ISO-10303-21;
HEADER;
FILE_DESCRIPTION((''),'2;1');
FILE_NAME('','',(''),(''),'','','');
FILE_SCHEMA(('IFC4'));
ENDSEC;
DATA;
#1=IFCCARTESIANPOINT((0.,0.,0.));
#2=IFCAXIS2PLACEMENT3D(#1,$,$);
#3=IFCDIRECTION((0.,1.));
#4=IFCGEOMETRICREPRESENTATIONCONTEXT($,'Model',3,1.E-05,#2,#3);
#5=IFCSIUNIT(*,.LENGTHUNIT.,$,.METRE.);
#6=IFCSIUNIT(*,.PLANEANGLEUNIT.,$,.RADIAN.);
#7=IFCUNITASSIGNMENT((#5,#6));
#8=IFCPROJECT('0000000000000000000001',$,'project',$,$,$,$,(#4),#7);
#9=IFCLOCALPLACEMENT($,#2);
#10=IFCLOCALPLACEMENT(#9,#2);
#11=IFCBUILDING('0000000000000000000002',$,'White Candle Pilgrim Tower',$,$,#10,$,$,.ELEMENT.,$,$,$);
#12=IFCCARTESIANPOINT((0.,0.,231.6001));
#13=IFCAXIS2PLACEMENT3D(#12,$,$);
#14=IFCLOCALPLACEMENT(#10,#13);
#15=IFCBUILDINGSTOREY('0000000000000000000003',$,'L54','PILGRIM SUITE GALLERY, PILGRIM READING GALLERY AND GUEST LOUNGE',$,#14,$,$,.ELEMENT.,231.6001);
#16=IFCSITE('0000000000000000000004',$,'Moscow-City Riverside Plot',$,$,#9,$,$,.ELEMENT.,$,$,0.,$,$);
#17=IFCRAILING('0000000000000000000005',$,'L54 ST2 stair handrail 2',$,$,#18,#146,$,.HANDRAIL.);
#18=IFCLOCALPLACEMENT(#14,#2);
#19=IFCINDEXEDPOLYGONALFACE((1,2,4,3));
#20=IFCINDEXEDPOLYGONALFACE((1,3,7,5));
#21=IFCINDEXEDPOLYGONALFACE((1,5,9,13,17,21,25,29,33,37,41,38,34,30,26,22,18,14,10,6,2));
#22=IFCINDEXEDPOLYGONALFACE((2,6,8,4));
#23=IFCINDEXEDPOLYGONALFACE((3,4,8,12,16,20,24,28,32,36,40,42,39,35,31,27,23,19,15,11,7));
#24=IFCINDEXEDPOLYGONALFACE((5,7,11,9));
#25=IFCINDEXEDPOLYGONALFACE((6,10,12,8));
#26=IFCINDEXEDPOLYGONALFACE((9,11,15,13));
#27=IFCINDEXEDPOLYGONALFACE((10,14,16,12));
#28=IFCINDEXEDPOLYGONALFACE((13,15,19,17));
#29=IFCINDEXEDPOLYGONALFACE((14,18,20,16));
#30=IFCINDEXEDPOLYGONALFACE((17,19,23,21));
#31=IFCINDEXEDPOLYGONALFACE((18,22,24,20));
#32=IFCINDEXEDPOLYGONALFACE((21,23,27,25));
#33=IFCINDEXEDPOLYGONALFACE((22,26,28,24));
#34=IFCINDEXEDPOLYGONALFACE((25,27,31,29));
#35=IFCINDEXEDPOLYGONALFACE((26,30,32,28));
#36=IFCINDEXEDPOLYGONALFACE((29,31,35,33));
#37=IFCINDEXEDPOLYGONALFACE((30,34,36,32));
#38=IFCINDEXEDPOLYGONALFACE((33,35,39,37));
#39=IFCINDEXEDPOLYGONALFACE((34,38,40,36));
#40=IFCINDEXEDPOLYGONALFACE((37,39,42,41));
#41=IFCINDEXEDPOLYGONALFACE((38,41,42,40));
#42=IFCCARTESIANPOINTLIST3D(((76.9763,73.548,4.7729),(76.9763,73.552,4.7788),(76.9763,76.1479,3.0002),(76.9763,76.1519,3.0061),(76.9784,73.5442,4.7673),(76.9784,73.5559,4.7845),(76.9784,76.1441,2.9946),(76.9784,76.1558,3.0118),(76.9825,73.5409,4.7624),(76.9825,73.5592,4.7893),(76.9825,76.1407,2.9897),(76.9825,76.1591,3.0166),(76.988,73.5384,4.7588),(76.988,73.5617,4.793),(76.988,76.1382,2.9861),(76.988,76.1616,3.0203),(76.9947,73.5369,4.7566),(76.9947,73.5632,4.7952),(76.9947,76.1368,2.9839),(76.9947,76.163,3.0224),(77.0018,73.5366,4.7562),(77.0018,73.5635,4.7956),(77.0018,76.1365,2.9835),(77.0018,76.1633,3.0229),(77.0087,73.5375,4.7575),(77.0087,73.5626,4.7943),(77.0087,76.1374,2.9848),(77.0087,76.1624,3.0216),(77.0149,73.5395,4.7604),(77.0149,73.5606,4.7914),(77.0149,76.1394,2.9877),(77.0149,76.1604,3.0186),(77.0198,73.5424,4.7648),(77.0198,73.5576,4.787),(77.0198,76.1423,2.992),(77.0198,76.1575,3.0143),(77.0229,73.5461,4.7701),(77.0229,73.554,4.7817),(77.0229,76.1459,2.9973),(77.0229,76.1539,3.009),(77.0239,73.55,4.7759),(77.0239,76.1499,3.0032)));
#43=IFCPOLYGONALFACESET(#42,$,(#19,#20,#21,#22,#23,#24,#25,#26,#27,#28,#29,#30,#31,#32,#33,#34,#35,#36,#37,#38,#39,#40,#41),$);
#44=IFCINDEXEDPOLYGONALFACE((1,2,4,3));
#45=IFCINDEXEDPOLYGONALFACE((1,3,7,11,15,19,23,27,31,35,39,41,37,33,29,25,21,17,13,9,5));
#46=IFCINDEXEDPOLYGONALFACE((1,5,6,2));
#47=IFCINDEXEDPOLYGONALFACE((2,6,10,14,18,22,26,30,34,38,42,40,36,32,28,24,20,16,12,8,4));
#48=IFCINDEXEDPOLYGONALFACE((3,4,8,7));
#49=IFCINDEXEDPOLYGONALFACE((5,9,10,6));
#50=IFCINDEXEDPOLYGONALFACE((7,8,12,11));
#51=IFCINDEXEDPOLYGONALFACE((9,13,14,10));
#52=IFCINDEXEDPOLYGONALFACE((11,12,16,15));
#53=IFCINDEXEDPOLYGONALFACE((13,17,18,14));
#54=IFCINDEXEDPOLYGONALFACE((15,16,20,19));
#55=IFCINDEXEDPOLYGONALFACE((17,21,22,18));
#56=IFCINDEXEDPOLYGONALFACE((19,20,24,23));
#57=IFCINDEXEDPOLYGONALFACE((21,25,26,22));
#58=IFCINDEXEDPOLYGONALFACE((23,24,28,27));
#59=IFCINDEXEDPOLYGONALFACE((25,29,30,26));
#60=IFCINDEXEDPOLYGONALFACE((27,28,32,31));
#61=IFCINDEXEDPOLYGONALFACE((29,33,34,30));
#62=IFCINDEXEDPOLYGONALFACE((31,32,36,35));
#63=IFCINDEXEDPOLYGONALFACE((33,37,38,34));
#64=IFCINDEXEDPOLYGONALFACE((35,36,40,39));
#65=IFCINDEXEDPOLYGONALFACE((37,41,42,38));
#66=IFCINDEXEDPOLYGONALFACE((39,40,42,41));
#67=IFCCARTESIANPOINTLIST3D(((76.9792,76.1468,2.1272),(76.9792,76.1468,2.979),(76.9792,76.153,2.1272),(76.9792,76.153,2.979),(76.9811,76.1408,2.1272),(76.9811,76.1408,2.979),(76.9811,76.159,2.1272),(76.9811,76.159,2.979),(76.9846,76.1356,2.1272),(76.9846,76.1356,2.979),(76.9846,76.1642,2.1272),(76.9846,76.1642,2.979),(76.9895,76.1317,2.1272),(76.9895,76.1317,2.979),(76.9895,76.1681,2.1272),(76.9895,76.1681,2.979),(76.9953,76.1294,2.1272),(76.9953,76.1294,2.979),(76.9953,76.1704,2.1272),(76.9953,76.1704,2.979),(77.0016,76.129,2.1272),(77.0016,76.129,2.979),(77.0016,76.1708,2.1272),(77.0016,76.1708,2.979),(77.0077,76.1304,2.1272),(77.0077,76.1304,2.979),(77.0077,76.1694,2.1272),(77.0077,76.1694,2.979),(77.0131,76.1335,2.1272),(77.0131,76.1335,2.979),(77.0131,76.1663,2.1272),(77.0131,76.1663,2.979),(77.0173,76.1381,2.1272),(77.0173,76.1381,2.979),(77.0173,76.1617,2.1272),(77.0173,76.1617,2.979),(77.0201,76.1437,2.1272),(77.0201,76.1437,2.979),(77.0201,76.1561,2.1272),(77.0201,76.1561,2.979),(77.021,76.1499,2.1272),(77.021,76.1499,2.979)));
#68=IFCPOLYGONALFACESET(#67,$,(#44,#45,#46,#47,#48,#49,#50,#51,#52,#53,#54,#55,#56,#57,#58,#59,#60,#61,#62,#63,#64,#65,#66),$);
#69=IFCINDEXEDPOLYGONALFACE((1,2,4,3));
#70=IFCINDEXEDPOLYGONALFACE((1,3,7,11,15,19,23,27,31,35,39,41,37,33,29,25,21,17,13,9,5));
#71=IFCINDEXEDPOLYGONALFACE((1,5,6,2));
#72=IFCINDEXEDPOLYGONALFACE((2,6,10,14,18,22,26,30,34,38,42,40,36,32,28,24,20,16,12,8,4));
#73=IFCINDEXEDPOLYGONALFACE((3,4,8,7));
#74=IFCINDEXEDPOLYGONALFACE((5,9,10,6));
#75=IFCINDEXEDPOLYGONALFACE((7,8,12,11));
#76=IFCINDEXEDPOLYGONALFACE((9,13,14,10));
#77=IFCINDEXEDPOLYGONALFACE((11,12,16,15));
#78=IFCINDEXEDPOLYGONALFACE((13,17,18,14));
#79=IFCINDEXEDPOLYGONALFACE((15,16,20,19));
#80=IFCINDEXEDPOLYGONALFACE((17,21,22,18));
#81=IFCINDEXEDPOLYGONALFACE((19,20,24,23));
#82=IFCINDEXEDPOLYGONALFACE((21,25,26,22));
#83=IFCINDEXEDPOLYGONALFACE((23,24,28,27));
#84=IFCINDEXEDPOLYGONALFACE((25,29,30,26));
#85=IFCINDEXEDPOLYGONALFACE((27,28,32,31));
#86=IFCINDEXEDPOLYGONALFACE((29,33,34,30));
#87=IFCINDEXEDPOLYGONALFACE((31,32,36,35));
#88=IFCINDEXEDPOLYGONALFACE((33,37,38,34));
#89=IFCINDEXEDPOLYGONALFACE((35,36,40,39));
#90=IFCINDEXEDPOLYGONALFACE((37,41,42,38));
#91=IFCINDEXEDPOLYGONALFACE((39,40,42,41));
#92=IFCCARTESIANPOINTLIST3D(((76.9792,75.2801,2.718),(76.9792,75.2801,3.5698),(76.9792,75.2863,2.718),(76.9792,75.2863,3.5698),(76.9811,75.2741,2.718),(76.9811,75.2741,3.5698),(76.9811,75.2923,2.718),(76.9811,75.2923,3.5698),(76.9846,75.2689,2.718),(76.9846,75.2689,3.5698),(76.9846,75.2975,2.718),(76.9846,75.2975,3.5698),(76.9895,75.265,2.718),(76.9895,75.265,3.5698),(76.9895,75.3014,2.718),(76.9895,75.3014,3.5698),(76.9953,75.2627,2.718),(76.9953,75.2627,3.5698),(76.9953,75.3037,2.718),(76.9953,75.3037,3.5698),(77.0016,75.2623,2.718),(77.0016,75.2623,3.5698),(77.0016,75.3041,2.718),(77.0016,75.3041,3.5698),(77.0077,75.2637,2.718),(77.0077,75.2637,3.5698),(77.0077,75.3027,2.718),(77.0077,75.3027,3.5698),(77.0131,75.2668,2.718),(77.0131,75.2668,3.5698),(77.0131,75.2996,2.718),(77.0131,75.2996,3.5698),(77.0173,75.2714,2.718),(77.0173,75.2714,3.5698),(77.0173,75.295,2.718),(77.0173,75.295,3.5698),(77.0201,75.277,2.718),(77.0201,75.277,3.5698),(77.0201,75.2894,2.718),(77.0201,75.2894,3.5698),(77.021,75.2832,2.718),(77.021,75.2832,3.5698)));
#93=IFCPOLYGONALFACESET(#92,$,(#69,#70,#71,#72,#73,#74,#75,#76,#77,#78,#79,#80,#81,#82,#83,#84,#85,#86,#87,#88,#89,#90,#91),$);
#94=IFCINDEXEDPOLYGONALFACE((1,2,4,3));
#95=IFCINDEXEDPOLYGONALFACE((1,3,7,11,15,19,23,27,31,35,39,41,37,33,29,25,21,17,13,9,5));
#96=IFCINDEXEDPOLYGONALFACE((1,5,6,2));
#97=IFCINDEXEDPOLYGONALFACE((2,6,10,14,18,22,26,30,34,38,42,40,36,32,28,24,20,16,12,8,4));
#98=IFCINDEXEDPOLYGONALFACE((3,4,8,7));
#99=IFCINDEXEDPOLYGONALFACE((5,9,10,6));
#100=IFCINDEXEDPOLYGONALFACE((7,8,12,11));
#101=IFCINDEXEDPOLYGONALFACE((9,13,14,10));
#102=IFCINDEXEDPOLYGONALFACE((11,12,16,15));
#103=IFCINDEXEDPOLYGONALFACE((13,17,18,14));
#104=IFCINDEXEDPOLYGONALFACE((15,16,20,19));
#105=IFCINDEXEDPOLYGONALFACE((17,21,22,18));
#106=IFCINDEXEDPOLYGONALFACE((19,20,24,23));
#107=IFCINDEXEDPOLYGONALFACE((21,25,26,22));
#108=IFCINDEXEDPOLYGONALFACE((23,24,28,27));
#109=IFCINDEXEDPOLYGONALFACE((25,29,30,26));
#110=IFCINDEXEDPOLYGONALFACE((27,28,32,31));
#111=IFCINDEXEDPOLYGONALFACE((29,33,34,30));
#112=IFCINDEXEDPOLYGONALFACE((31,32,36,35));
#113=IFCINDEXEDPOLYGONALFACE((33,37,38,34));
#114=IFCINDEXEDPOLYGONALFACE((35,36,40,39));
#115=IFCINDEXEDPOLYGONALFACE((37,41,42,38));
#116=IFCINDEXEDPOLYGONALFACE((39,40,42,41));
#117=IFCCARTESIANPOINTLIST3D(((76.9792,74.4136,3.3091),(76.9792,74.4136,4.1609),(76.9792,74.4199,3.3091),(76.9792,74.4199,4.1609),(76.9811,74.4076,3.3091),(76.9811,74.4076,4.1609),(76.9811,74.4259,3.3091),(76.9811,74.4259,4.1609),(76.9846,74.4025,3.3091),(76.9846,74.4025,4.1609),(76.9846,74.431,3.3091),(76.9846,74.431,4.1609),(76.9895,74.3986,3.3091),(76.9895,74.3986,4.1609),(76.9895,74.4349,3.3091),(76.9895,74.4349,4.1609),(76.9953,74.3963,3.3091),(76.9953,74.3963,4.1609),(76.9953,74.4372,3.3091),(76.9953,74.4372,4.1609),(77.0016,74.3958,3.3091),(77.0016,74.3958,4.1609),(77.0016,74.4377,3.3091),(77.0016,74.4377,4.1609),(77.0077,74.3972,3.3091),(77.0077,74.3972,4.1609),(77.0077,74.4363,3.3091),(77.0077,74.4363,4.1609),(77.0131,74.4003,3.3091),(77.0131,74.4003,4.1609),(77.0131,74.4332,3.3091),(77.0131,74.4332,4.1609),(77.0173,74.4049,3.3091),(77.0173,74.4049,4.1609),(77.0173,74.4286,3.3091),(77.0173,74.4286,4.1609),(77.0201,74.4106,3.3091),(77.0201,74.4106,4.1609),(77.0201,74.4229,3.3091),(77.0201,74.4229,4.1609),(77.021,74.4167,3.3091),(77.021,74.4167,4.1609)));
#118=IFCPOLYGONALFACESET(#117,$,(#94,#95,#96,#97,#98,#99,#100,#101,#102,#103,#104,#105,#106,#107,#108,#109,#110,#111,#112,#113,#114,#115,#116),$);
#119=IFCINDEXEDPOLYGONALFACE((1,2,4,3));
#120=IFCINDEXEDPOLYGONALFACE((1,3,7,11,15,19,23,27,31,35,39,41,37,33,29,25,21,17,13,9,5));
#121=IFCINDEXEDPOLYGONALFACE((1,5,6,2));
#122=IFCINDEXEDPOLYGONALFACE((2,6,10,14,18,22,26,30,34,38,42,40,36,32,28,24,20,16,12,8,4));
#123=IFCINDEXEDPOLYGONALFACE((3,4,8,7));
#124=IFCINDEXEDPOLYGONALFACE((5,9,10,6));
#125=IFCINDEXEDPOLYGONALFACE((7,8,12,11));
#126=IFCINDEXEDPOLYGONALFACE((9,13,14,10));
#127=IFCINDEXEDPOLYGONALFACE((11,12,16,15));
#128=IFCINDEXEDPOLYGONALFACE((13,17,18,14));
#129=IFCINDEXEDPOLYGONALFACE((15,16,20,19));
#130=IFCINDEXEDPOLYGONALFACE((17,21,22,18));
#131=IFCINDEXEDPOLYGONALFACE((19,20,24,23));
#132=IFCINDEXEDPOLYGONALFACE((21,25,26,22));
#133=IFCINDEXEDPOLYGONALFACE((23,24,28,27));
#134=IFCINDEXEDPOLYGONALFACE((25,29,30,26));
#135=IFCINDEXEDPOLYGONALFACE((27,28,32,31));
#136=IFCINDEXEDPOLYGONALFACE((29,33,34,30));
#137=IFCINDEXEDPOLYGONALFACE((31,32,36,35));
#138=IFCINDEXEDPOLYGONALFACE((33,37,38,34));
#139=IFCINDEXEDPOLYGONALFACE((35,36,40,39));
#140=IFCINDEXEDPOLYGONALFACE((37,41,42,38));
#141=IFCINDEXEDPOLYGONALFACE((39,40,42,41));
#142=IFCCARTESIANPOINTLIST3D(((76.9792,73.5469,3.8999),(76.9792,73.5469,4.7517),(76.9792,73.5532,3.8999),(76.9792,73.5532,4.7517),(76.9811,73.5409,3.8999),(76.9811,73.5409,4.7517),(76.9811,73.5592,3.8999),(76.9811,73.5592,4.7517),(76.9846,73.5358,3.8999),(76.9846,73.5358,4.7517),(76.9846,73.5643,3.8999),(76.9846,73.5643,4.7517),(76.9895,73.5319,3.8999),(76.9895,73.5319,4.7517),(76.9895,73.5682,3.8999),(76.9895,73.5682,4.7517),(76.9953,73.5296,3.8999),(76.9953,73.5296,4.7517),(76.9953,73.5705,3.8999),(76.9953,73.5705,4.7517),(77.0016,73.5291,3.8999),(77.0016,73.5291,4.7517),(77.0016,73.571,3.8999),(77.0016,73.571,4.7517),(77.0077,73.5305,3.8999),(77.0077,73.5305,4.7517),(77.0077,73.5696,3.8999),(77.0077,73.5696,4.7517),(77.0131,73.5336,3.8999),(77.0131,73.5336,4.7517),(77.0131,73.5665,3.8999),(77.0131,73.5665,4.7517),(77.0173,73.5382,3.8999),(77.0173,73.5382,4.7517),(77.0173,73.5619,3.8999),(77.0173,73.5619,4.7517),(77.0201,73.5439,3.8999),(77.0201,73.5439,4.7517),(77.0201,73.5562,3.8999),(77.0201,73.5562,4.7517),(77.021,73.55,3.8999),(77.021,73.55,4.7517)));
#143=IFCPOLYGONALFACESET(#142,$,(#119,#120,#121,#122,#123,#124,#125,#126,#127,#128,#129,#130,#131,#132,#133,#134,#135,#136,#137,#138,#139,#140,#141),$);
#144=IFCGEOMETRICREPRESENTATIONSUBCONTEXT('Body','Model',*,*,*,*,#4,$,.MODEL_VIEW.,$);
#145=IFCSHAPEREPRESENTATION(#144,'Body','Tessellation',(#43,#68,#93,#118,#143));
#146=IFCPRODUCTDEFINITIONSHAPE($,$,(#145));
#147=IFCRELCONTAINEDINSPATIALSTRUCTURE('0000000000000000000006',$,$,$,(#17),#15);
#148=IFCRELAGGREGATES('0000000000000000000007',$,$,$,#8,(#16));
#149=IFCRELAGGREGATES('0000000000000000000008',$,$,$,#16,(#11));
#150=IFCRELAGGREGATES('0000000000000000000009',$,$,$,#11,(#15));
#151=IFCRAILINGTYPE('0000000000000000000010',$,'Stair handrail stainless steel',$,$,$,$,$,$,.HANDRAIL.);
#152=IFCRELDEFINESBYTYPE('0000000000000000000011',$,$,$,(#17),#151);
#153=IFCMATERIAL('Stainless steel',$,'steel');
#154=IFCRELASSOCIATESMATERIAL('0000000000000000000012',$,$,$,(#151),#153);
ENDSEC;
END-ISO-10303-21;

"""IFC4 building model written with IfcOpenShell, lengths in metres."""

from ifc_helpers import new_model, si_unit, direction, frame, origin, origin_2d, place, context, subcontext, project, spatial, circle, extrude, material, type_object, element, save


model = new_model("IFC4")

# Units and contexts
model_context = context("Model", 3, precision=1e-05, world=origin(), true_north=direction((0.0, 1.0)))
body_context = subcontext(model_context, "Body", "Model", "MODEL_VIEW")
ifc_project = project(units=[si_unit("LENGTHUNIT", "METRE"), si_unit("PLANEANGLEUNIT", "RADIAN")], contexts=[model_context])

# Site, building, storey
site_placement = place(None, origin())
site = spatial("IfcSite", under=ifc_project, at=site_placement, Name="Moscow-City Riverside Plot", CompositionType="ELEMENT", RefElevation=0.0)
building_placement = place(site_placement, origin())
building = spatial("IfcBuilding", under=site, at=building_placement, Name="White Candle Pilgrim Tower", CompositionType="ELEMENT")
storey_placement = place(building_placement, frame((0.0, 0.0, 231.6001)))
storey = spatial("IfcBuildingStorey", under=building, at=storey_placement, Name="L54", Description="PILGRIM SUITE GALLERY, PILGRIM READING GALLERY AND GUEST LOUNGE", CompositionType="ELEMENT", Elevation=231.6001)

# Railing
ifc_material_1 = material(Name="Stainless steel", Category="steel")
railing_type_1 = type_object("IfcRailingType", Name="Stair handrail stainless steel", PredefinedType="HANDRAIL", material=ifc_material_1)
railing_1_placement = place(storey_placement, frame((77.0, 76.1499, 2.1272)))
element("IfcRailing", 1, at=railing_1_placement, inside=storey, type_object=railing_type_1, Name="L54 ST2 stair handrail 2", PredefinedType="HANDRAIL", context=body_context, shape_type="SweptSolid", body=[
    extrude(circle(Radius=0.0239, at=origin_2d()), frame((0.0, 0.0, 0.876), z_axis=(0.0, -0.826216, 0.563354), x_axis=(1.0, 0.0, 0.0)), (0.0, 0.0, 1.0), 3.1467),
    extrude(circle(Radius=0.021, at=origin_2d()), origin(), (0.0, 0.0, 1.0), 0.8518),
    extrude(circle(Radius=0.021, at=origin_2d()), frame((0.0, -0.8667, 0.5908)), (0.0, 0.0, 1.0), 0.8518),
    extrude(circle(Radius=0.021, at=origin_2d()), frame((0.0, -1.7332, 1.1819)), (0.0, 0.0, 1.0), 0.8518),
    extrude(circle(Radius=0.021, at=origin_2d()), frame((0.0, -2.5999, 1.7727)), (0.0, 0.0, 1.0), 0.8518),
])

save(model, "model.ifc")
